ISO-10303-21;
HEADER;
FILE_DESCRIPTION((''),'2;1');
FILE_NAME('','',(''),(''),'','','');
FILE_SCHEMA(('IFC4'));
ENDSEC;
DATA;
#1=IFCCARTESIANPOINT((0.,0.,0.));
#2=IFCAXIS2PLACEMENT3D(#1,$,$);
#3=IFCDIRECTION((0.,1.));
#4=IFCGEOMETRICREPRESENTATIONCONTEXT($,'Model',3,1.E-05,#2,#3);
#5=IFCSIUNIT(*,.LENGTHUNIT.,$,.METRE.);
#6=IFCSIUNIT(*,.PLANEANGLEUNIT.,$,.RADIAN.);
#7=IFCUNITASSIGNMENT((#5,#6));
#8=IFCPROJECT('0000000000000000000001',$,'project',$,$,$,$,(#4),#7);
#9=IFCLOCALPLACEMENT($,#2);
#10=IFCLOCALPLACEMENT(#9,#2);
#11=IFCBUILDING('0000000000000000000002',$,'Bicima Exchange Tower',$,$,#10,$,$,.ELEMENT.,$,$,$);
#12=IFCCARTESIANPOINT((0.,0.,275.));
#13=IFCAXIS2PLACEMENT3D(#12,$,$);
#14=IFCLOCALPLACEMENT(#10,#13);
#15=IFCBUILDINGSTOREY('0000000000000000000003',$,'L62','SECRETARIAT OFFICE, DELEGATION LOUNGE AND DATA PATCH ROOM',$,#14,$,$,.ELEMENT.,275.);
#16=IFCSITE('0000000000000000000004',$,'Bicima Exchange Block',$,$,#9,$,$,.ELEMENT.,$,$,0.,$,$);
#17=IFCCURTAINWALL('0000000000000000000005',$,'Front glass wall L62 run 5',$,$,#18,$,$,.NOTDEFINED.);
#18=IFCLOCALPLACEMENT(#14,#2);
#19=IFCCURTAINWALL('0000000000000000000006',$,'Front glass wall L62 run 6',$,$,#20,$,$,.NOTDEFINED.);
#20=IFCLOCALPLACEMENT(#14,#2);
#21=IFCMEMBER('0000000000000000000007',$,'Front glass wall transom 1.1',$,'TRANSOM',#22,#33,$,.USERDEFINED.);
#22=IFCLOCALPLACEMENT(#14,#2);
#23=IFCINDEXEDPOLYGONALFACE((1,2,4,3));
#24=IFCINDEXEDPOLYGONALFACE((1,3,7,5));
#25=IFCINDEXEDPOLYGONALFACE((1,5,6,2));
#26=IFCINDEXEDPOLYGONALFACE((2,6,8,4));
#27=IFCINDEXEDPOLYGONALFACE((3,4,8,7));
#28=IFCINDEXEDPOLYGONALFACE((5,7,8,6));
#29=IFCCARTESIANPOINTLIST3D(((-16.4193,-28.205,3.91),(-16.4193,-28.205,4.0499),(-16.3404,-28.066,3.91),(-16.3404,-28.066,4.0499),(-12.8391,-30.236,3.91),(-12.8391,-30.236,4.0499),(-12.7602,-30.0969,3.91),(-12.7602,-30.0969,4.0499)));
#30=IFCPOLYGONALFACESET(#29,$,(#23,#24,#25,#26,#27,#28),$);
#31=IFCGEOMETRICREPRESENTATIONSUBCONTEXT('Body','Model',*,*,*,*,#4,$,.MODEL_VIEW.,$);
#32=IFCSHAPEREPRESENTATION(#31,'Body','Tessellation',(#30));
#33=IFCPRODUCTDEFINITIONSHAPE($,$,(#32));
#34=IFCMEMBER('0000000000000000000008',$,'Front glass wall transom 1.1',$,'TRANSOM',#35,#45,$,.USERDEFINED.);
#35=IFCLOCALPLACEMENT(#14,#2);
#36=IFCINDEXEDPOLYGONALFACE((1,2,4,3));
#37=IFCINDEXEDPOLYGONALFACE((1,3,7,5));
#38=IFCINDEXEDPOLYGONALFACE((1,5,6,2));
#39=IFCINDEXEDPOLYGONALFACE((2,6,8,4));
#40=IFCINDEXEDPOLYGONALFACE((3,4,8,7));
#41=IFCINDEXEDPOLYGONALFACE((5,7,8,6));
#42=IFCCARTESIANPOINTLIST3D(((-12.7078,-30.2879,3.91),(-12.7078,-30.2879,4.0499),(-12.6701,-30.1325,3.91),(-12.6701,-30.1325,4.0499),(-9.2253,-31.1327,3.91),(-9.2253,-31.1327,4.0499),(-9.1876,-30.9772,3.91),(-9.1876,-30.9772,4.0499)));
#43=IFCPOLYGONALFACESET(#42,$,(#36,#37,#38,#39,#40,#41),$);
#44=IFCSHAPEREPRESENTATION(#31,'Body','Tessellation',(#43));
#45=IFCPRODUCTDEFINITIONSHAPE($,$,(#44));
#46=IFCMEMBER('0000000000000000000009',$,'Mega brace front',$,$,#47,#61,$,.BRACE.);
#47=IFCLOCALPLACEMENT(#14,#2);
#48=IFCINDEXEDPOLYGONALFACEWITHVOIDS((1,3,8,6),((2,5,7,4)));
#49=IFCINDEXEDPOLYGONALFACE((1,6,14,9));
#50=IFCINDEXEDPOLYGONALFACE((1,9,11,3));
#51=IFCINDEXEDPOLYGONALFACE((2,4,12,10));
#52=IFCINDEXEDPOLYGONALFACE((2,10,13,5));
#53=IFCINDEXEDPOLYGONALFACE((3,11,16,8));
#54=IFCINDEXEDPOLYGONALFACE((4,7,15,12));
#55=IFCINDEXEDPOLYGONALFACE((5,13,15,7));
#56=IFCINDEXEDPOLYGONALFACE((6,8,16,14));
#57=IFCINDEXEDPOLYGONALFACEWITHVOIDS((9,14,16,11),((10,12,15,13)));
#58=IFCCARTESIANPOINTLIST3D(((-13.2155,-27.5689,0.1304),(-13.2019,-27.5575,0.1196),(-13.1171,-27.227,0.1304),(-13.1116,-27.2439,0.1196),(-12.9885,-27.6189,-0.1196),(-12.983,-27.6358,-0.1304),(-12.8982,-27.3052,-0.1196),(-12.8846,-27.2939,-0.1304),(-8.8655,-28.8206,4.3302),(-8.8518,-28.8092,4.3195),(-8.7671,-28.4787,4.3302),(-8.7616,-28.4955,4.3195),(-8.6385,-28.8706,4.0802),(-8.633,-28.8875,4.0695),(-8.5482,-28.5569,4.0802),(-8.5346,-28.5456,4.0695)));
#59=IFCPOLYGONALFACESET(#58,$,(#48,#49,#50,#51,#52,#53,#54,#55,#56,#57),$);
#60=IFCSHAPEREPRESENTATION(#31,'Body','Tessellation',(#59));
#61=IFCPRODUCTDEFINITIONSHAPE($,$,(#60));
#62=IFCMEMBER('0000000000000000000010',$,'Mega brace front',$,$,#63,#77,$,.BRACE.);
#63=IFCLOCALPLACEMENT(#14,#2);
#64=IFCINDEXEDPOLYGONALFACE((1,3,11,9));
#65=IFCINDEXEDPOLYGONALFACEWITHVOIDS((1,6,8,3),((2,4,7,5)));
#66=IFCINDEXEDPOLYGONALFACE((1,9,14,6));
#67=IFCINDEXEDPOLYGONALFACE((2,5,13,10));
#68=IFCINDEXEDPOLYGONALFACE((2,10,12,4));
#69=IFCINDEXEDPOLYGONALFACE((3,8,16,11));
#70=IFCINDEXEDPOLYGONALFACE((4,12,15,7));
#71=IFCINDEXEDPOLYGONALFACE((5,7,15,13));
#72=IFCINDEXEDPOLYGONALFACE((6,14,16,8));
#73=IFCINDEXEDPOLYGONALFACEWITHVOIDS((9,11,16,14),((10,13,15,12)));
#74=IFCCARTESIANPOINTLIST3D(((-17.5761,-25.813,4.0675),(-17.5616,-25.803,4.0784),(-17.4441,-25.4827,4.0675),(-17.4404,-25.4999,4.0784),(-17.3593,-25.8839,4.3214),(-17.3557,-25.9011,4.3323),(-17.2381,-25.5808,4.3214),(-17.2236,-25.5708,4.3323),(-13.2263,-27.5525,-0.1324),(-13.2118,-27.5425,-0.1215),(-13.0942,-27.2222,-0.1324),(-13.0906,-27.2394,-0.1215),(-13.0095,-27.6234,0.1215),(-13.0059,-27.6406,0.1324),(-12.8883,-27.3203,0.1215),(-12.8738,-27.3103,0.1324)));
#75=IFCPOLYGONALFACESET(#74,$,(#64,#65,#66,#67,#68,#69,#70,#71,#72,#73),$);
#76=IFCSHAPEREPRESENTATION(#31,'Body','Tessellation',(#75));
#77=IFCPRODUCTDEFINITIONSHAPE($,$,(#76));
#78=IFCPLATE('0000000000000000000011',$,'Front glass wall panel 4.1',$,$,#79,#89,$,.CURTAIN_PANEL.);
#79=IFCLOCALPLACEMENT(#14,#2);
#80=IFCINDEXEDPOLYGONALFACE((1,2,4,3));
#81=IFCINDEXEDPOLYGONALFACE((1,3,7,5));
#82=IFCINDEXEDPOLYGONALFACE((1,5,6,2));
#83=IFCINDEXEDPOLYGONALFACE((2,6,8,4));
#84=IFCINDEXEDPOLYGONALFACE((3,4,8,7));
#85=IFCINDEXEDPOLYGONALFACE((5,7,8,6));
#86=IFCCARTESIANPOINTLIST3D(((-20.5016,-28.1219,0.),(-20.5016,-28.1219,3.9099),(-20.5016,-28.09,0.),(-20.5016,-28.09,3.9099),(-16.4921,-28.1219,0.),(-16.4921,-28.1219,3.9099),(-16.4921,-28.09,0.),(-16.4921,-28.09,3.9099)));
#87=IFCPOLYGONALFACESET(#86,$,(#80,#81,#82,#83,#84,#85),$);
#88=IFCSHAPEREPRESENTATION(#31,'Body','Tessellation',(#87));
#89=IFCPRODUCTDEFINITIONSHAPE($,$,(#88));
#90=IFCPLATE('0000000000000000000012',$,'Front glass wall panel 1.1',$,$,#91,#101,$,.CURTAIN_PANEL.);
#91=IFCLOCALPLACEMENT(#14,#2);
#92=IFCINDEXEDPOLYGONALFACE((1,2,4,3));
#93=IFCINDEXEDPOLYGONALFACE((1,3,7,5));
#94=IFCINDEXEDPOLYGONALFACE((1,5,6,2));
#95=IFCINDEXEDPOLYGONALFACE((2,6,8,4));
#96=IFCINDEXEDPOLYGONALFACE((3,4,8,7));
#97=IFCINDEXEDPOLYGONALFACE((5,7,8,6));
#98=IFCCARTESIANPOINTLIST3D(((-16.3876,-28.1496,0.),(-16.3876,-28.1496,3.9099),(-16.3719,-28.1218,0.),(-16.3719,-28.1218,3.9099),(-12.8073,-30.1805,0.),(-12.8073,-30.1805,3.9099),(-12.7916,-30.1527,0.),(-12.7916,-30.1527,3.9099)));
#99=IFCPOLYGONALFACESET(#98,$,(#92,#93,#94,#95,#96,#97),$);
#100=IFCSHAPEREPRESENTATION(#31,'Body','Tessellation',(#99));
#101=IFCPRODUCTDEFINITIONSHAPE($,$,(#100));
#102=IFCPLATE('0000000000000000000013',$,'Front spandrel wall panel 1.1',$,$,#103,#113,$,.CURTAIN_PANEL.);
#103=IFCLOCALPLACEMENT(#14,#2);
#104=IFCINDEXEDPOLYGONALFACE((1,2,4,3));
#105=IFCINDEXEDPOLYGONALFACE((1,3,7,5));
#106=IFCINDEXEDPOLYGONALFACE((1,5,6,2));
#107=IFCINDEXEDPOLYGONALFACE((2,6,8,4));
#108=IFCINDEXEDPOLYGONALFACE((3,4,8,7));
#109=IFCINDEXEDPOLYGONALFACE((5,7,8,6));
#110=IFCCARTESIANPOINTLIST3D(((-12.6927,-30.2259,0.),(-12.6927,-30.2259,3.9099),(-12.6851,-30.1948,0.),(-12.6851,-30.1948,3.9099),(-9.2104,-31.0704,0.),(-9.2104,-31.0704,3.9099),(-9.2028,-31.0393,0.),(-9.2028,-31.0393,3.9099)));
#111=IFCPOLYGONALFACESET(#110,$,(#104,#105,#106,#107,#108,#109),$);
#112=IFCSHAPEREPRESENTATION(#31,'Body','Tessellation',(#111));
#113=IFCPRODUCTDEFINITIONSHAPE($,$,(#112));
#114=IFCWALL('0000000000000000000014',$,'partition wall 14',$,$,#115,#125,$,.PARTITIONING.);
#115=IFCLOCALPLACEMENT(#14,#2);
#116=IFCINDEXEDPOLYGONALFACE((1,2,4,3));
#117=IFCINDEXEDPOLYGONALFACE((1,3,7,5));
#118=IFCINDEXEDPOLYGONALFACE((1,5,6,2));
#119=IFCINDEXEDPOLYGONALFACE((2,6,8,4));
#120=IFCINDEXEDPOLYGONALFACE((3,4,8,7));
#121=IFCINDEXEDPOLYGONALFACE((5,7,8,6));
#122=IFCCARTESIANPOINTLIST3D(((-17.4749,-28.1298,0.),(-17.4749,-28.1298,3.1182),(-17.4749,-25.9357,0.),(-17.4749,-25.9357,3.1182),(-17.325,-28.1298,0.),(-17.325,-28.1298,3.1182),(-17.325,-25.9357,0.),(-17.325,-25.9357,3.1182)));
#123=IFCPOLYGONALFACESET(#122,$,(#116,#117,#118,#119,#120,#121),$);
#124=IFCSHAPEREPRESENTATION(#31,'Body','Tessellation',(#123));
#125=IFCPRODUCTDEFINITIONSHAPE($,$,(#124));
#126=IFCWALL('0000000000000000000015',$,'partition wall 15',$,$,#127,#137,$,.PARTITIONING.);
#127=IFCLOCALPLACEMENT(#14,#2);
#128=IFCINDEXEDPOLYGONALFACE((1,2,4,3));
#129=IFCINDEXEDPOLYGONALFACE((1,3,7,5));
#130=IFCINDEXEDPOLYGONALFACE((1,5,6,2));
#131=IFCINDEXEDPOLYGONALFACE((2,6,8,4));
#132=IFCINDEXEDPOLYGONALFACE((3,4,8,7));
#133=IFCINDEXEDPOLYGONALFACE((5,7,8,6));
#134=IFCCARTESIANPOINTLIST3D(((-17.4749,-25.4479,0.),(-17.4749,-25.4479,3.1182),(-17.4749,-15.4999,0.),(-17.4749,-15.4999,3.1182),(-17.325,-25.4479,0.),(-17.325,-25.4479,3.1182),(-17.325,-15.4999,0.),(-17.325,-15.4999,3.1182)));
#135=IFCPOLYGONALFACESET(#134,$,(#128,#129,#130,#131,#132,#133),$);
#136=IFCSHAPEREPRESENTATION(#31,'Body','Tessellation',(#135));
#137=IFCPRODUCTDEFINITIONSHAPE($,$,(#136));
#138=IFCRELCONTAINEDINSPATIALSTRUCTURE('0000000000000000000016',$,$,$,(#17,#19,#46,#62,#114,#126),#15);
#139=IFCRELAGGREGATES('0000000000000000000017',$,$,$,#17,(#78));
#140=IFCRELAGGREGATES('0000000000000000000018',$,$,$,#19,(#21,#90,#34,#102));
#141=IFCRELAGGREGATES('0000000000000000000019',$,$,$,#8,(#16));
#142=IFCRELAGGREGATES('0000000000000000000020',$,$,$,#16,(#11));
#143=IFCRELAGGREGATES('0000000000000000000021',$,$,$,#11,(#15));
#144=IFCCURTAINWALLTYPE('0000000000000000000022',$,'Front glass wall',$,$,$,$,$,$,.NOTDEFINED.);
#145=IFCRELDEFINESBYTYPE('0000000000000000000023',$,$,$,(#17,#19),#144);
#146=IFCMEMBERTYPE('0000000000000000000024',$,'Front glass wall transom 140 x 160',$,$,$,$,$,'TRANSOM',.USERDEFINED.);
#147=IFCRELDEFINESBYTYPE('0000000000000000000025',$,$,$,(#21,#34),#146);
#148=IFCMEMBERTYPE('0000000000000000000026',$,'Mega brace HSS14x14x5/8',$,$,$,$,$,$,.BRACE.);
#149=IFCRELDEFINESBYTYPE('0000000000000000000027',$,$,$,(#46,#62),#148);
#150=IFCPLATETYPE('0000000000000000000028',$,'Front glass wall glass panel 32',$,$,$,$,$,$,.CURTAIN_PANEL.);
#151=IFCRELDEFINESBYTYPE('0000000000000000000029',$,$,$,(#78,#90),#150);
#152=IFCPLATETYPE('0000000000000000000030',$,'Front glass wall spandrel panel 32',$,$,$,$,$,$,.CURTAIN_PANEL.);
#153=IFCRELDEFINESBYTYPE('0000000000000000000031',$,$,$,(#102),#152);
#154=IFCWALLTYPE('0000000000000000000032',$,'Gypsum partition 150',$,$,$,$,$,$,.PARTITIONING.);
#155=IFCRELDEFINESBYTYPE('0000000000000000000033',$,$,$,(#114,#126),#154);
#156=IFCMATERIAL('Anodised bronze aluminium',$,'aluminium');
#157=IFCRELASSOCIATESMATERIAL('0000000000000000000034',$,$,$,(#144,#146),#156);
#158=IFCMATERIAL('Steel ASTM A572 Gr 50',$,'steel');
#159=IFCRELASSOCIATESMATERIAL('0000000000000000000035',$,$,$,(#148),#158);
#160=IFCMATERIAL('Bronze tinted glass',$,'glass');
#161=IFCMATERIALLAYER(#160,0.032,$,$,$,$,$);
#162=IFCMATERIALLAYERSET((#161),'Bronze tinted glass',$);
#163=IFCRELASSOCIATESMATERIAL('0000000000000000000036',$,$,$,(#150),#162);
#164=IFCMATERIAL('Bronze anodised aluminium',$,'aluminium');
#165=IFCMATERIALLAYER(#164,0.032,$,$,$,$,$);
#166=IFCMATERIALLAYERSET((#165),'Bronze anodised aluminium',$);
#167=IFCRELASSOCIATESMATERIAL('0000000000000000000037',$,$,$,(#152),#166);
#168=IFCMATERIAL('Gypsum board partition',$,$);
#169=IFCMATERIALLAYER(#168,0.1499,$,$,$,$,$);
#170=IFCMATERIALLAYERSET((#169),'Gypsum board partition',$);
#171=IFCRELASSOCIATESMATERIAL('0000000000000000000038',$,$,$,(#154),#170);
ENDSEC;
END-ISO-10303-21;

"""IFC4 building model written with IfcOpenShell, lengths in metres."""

from ifc_helpers import new_model, si_unit, direction, frame, frame_2d, origin, origin_2d, place, context, subcontext, project, spatial, rectangle, hollow_rectangle, extrude, material, layer, layer_set, material_profile, profile_set, type_object, element, aggregate, save


model = new_model("IFC4")

# Units and contexts
model_context = context("Model", 3, precision=1e-05, world=origin(), true_north=direction((0.0, 1.0)))
body_context = subcontext(model_context, "Body", "Model", "MODEL_VIEW")
ifc_project = project(units=[si_unit("LENGTHUNIT", "METRE"), si_unit("PLANEANGLEUNIT", "RADIAN")], contexts=[model_context])

# Site, building, storey
site_placement = place(None, origin())
site = spatial("IfcSite", under=ifc_project, at=site_placement, Name="Bicima Exchange Block", CompositionType="ELEMENT", RefElevation=0.0)
building_placement = place(site_placement, origin())
building = spatial("IfcBuilding", under=site, at=building_placement, Name="Bicima Exchange Tower", CompositionType="ELEMENT")
storey_placement = place(building_placement, frame((0.0, 0.0, 275.0)))
storey = spatial("IfcBuildingStorey", under=building, at=storey_placement, Name="L62", Description="SECRETARIAT OFFICE, DELEGATION LOUNGE AND DATA PATCH ROOM", CompositionType="ELEMENT", Elevation=275.0)

# Curtain walls
ifc_material_1 = material(Name="Anodised bronze aluminium", Category="aluminium")
curtain_wall_type = type_object("IfcCurtainWallType", Name="Front glass wall", PredefinedType="NOTDEFINED", material=ifc_material_1)
curtain_wall_1_placement = place(storey_placement, origin())
curtain_wall_1 = element("IfcCurtainWall", 1, at=curtain_wall_1_placement, inside=storey, type_object=curtain_wall_type, Name="Front glass wall L62 run 5", PredefinedType="NOTDEFINED")
curtain_wall_2_placement = place(storey_placement, origin())
curtain_wall_2 = element("IfcCurtainWall", 2, at=curtain_wall_2_placement, inside=storey, type_object=curtain_wall_type, Name="Front glass wall L62 run 6", PredefinedType="NOTDEFINED")

# Members
ifc_material_profile_1 = material_profile(ifc_material_1, rectangle(XDim=0.1599, YDim=0.1399, at=origin_2d()))
ifc_profile_set_1 = profile_set([ifc_material_profile_1], Name="Anodised bronze aluminium")
member_type_1 = type_object("IfcMemberType", Name="Front glass wall transom 140 x 160", ElementType="TRANSOM", PredefinedType="USERDEFINED", material=ifc_profile_set_1)
member_1_placement = place(storey_placement, frame((-16.3799, -28.1355, 3.98), z_axis=(0.869797, -0.493409, 0.0), x_axis=(0.493409, 0.869797, 0.0)))
member_1 = element("IfcMember", 3, at=member_1_placement, type_object=member_type_1, Name="Front glass wall transom 1.1", ObjectType="TRANSOM", PredefinedType="USERDEFINED", context=body_context, shape_type="SweptSolid", body=[
    extrude(rectangle(XDim=0.1599, YDim=0.1399, at=origin_2d()), origin(), (0.0, 0.0, 1.0), 4.1162),
])
member_2_placement = place(storey_placement, frame((-12.689, -30.2102, 3.98), z_axis=(0.971818, -0.235733, 0.0), x_axis=(0.235733, 0.971818, 0.0)))
member_2 = element("IfcMember", 4, at=member_2_placement, type_object=member_type_1, Name="Front glass wall transom 1.1", ObjectType="TRANSOM", PredefinedType="USERDEFINED", context=body_context, shape_type="SweptSolid", body=[
    extrude(rectangle(XDim=0.1599, YDim=0.1399, at=origin_2d()), origin(), (0.0, 0.0, 1.0), 3.5835),
])

# Members
ifc_material_2 = material(Name="Steel ASTM A572 Gr 50", Category="steel")
ifc_material_profile_2 = material_profile(ifc_material_2, hollow_rectangle(XDim=0.3557, YDim=0.3557, WallThickness=0.0146, at=origin_2d()))
ifc_profile_set_2 = profile_set([ifc_material_profile_2], Name="Steel ASTM A572 Gr 50")
member_type_2 = type_object("IfcMemberType", Name="Mega brace HSS14x14x5/8", PredefinedType="BRACE", material=ifc_profile_set_2)
member_3_placement = place(storey_placement, frame((-13.05, -27.4314, 0.0), z_axis=(0.704478, -0.202708, 0.680162), x_axis=(0.276523, 0.961007, 0.0)))
element("IfcMember", 5, at=member_3_placement, inside=storey, type_object=member_type_2, Name="Mega brace front", PredefinedType="BRACE", context=body_context, shape_type="SweptSolid", body=[
    extrude(hollow_rectangle(XDim=0.3557, YDim=0.3557, WallThickness=0.0146, at=origin_2d()), origin(), (0.0, 0.0, 1.0), 6.1748),
])
member_4_placement = place(storey_placement, frame((-13.05, -27.4314, 0.0), z_axis=(-0.691353, 0.276471, 0.667528), x_axis=(-0.37131, -0.928509, 0.0)))
element("IfcMember", 6, at=member_4_placement, inside=storey, type_object=member_type_2, Name="Mega brace front", PredefinedType="BRACE", context=body_context, shape_type="SweptSolid", body=[
    extrude(hollow_rectangle(XDim=0.3557, YDim=0.3557, WallThickness=0.0146, at=origin_2d()), origin(), (0.0, 0.0, 1.0), 6.2917),
])

# Plates
ifc_material_3 = material(Name="Bronze tinted glass", Category="glass")
ifc_layer_1 = layer(ifc_material_3, 0.032)
ifc_layer_set_1 = layer_set([ifc_layer_1], Name="Bronze tinted glass")
plate_type_1 = type_object("IfcPlateType", Name="Front glass wall glass panel 32", PredefinedType="CURTAIN_PANEL", material=ifc_layer_set_1)
plate_1_placement = place(storey_placement, frame((-18.4968, -28.106, 0.0), z_axis=(0.0, 0.0, 1.0), x_axis=(1.0, 0.0, 0.0)))
plate_1 = element("IfcPlate", 7, at=plate_1_placement, type_object=plate_type_1, Name="Front glass wall panel 4.1", PredefinedType="CURTAIN_PANEL", context=body_context, shape_type="SweptSolid", body=[
    extrude(rectangle(XDim=4.0095, YDim=0.032, at=origin_2d()), origin(), (0.0, 0.0, 1.0), 3.9099),
])
aggregate(curtain_wall_1, [plate_1])
plate_2_placement = place(storey_placement, frame((-14.5896, -29.1511, 0.0), z_axis=(0.0, 0.0, 1.0), x_axis=(0.869805, -0.493395, 0.0)))
plate_2 = element("IfcPlate", 8, at=plate_2_placement, type_object=plate_type_1, Name="Front glass wall panel 1.1", PredefinedType="CURTAIN_PANEL", context=body_context, shape_type="SweptSolid", body=[
    extrude(rectangle(XDim=4.1162, YDim=0.032, at=origin_2d()), origin(), (0.0, 0.0, 1.0), 3.9099),
])
ifc_material_4 = material(Name="Bronze anodised aluminium", Category="aluminium")
ifc_layer_2 = layer(ifc_material_4, 0.032)
ifc_layer_set_2 = layer_set([ifc_layer_2], Name="Bronze anodised aluminium")
plate_type_2 = type_object("IfcPlateType", Name="Front glass wall spandrel panel 32", PredefinedType="CURTAIN_PANEL", material=ifc_layer_set_2)
plate_3_placement = place(storey_placement, frame((-10.9478, -30.6326, 0.0), z_axis=(0.0, 0.0, 1.0), x_axis=(0.97183, -0.235682, 0.0)))
plate_3 = element("IfcPlate", 9, at=plate_3_placement, type_object=plate_type_2, Name="Front spandrel wall panel 1.1", PredefinedType="CURTAIN_PANEL", context=body_context, shape_type="SweptSolid", body=[
    extrude(rectangle(XDim=3.5833, YDim=0.032, at=origin_2d()), origin(), (0.0, 0.0, 1.0), 3.9099),
])
aggregate(curtain_wall_2, [member_1, plate_2, member_2, plate_3])

# Walls
ifc_material_5 = material(Name="Gypsum board partition")
ifc_layer_3 = layer(ifc_material_5, 0.1499)
ifc_layer_set_3 = layer_set([ifc_layer_3], Name="Gypsum board partition")
wall_type = type_object("IfcWallType", Name="Gypsum partition 150", PredefinedType="PARTITIONING", material=ifc_layer_set_3)
wall_1_placement = place(storey_placement, frame((-17.3999, -28.1299, 0.0), z_axis=(0.0, 0.0, 1.0), x_axis=(0.0, 1.0, 0.0)))
element("IfcWall", 10, at=wall_1_placement, inside=storey, type_object=wall_type, Name="partition wall 14", PredefinedType="PARTITIONING", context=body_context, shape_type="SweptSolid", body=[
    extrude(rectangle(XDim=2.1941, YDim=0.1499, at=frame_2d((1.0972, 0.0))), origin(), (0.0, 0.0, 1.0), 3.1182),
])
wall_2_placement = place(storey_placement, frame((-17.3999, -25.448, 0.0), z_axis=(0.0, 0.0, 1.0), x_axis=(0.0, 1.0, 0.0)))
element("IfcWall", 11, at=wall_2_placement, inside=storey, type_object=wall_type, Name="partition wall 15", PredefinedType="PARTITIONING", context=body_context, shape_type="SweptSolid", body=[
    extrude(rectangle(XDim=9.948, YDim=0.1499, at=frame_2d((4.9741, 0.0))), origin(), (0.0, 0.0, 1.0), 3.1182),
])

save(model, "model.ifc")
